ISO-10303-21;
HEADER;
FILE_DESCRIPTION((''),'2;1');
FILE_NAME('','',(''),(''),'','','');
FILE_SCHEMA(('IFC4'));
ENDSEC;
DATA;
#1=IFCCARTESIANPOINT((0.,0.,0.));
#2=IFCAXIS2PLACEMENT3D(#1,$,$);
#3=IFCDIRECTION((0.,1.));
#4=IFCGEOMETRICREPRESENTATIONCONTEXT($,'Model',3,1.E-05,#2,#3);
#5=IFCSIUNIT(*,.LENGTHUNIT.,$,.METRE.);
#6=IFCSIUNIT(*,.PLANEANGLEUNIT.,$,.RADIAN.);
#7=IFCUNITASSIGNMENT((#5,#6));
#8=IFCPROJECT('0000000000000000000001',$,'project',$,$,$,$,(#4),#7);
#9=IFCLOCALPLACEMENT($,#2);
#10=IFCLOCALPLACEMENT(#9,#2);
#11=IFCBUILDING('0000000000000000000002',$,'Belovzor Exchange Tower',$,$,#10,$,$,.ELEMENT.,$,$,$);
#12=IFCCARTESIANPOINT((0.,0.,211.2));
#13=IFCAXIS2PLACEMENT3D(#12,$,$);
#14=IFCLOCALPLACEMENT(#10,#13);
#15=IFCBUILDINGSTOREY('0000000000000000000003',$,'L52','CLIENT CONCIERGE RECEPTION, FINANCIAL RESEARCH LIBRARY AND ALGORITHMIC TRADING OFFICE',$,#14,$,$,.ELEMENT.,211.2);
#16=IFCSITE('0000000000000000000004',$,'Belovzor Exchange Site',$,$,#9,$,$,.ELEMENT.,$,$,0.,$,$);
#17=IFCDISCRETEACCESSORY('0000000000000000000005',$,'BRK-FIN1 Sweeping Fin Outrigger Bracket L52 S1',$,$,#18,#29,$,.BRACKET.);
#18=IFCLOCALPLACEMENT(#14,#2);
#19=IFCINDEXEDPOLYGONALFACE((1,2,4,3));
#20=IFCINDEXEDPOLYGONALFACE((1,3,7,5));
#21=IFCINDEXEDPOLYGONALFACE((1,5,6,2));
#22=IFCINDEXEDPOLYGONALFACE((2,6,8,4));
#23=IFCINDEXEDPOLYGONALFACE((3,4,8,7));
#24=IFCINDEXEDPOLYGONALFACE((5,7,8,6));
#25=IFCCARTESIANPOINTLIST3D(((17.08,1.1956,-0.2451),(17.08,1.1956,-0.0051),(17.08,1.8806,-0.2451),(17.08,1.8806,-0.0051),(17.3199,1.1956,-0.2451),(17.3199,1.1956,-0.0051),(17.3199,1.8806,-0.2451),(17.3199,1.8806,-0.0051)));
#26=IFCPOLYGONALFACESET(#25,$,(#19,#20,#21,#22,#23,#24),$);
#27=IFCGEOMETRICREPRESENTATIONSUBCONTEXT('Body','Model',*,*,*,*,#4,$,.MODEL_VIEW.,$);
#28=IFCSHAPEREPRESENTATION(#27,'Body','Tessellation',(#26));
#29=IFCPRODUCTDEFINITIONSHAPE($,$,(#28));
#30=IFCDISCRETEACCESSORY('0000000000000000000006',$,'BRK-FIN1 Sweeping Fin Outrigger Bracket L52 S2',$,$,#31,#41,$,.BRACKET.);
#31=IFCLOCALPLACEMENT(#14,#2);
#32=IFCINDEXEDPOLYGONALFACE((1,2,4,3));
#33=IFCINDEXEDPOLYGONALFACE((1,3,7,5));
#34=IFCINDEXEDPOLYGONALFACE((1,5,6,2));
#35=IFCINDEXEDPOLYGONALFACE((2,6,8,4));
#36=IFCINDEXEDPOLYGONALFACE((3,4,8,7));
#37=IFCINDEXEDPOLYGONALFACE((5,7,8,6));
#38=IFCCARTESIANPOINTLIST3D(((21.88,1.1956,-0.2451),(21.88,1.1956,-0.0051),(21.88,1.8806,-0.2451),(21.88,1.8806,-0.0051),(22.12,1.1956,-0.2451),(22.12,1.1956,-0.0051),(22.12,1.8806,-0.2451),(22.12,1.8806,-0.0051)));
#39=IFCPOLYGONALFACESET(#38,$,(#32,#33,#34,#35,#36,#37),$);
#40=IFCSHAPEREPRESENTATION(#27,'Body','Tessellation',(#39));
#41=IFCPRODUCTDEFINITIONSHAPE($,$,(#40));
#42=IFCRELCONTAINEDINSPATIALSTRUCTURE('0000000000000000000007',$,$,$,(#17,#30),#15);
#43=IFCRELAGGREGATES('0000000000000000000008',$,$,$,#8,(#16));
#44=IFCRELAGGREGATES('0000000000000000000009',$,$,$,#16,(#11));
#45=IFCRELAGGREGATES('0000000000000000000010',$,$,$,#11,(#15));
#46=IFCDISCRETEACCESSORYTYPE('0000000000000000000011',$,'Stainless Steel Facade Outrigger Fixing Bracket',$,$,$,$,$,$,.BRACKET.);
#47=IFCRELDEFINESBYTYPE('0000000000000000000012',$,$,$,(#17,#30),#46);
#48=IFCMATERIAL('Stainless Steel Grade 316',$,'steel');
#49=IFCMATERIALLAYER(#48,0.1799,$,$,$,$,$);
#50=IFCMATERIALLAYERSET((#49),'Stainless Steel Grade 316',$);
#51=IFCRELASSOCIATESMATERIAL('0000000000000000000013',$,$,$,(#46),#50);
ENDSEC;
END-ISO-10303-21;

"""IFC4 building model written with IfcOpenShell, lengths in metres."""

from ifc_helpers import new_model, si_unit, direction, frame, origin, origin_2d, place, context, subcontext, project, spatial, rectangle, extrude, material, layer, layer_set, type_object, element, save


model = new_model("IFC4")

# Units and contexts
model_context = context("Model", 3, precision=1e-05, world=origin(), true_north=direction((0.0, 1.0)))
body_context = subcontext(model_context, "Body", "Model", "MODEL_VIEW")
ifc_project = project(units=[si_unit("LENGTHUNIT", "METRE"), si_unit("PLANEANGLEUNIT", "RADIAN")], contexts=[model_context])

# Site, building, storey
site_placement = place(None, origin())
site = spatial("IfcSite", under=ifc_project, at=site_placement, Name="Belovzor Exchange Site", CompositionType="ELEMENT", RefElevation=0.0)
building_placement = place(site_placement, origin())
building = spatial("IfcBuilding", under=site, at=building_placement, Name="Belovzor Exchange Tower", CompositionType="ELEMENT")
storey_placement = place(building_placement, frame((0.0, 0.0, 211.2)))
storey = spatial("IfcBuildingStorey", under=building, at=storey_placement, Name="L52", Description="CLIENT CONCIERGE RECEPTION, FINANCIAL RESEARCH LIBRARY AND ALGORITHMIC TRADING OFFICE", CompositionType="ELEMENT", Elevation=211.2)

# Discrete accessories
ifc_material_1 = material(Name="Stainless Steel Grade 316", Category="steel")
ifc_layer_1 = layer(ifc_material_1, 0.1799)
ifc_layer_set_1 = layer_set([ifc_layer_1], Name="Stainless Steel Grade 316")
discrete_accessory_type = type_object("IfcDiscreteAccessoryType", Name="Stainless Steel Facade Outrigger Fixing Bracket", PredefinedType="BRACKET", material=ifc_layer_set_1)
for number, where, z_axis, x_axis, name in (
    (1, (17.2, 1.5381, -0.2451), (0.0, 0.0, 1.0), (0.0, 1.0, 0.0), "BRK-FIN1 Sweeping Fin Outrigger Bracket L52 S1"),
    (2, (22.0, 1.5381, -0.2451), (0.0, 0.0, 1.0), (0.0, 1.0, 0.0), "BRK-FIN1 Sweeping Fin Outrigger Bracket L52 S2"),
):
    element("IfcDiscreteAccessory", number, at=place(storey_placement, frame(where, z_axis=z_axis, x_axis=x_axis)), inside=storey, type_object=discrete_accessory_type, Name=name, PredefinedType="BRACKET", context=body_context, shape_type="SweptSolid", body=[
        extrude(rectangle(XDim=0.6851, YDim=0.24, at=origin_2d()), origin(), (0.0, 0.0, 1.0), 0.24),
    ])

save(model, "model.ifc")
